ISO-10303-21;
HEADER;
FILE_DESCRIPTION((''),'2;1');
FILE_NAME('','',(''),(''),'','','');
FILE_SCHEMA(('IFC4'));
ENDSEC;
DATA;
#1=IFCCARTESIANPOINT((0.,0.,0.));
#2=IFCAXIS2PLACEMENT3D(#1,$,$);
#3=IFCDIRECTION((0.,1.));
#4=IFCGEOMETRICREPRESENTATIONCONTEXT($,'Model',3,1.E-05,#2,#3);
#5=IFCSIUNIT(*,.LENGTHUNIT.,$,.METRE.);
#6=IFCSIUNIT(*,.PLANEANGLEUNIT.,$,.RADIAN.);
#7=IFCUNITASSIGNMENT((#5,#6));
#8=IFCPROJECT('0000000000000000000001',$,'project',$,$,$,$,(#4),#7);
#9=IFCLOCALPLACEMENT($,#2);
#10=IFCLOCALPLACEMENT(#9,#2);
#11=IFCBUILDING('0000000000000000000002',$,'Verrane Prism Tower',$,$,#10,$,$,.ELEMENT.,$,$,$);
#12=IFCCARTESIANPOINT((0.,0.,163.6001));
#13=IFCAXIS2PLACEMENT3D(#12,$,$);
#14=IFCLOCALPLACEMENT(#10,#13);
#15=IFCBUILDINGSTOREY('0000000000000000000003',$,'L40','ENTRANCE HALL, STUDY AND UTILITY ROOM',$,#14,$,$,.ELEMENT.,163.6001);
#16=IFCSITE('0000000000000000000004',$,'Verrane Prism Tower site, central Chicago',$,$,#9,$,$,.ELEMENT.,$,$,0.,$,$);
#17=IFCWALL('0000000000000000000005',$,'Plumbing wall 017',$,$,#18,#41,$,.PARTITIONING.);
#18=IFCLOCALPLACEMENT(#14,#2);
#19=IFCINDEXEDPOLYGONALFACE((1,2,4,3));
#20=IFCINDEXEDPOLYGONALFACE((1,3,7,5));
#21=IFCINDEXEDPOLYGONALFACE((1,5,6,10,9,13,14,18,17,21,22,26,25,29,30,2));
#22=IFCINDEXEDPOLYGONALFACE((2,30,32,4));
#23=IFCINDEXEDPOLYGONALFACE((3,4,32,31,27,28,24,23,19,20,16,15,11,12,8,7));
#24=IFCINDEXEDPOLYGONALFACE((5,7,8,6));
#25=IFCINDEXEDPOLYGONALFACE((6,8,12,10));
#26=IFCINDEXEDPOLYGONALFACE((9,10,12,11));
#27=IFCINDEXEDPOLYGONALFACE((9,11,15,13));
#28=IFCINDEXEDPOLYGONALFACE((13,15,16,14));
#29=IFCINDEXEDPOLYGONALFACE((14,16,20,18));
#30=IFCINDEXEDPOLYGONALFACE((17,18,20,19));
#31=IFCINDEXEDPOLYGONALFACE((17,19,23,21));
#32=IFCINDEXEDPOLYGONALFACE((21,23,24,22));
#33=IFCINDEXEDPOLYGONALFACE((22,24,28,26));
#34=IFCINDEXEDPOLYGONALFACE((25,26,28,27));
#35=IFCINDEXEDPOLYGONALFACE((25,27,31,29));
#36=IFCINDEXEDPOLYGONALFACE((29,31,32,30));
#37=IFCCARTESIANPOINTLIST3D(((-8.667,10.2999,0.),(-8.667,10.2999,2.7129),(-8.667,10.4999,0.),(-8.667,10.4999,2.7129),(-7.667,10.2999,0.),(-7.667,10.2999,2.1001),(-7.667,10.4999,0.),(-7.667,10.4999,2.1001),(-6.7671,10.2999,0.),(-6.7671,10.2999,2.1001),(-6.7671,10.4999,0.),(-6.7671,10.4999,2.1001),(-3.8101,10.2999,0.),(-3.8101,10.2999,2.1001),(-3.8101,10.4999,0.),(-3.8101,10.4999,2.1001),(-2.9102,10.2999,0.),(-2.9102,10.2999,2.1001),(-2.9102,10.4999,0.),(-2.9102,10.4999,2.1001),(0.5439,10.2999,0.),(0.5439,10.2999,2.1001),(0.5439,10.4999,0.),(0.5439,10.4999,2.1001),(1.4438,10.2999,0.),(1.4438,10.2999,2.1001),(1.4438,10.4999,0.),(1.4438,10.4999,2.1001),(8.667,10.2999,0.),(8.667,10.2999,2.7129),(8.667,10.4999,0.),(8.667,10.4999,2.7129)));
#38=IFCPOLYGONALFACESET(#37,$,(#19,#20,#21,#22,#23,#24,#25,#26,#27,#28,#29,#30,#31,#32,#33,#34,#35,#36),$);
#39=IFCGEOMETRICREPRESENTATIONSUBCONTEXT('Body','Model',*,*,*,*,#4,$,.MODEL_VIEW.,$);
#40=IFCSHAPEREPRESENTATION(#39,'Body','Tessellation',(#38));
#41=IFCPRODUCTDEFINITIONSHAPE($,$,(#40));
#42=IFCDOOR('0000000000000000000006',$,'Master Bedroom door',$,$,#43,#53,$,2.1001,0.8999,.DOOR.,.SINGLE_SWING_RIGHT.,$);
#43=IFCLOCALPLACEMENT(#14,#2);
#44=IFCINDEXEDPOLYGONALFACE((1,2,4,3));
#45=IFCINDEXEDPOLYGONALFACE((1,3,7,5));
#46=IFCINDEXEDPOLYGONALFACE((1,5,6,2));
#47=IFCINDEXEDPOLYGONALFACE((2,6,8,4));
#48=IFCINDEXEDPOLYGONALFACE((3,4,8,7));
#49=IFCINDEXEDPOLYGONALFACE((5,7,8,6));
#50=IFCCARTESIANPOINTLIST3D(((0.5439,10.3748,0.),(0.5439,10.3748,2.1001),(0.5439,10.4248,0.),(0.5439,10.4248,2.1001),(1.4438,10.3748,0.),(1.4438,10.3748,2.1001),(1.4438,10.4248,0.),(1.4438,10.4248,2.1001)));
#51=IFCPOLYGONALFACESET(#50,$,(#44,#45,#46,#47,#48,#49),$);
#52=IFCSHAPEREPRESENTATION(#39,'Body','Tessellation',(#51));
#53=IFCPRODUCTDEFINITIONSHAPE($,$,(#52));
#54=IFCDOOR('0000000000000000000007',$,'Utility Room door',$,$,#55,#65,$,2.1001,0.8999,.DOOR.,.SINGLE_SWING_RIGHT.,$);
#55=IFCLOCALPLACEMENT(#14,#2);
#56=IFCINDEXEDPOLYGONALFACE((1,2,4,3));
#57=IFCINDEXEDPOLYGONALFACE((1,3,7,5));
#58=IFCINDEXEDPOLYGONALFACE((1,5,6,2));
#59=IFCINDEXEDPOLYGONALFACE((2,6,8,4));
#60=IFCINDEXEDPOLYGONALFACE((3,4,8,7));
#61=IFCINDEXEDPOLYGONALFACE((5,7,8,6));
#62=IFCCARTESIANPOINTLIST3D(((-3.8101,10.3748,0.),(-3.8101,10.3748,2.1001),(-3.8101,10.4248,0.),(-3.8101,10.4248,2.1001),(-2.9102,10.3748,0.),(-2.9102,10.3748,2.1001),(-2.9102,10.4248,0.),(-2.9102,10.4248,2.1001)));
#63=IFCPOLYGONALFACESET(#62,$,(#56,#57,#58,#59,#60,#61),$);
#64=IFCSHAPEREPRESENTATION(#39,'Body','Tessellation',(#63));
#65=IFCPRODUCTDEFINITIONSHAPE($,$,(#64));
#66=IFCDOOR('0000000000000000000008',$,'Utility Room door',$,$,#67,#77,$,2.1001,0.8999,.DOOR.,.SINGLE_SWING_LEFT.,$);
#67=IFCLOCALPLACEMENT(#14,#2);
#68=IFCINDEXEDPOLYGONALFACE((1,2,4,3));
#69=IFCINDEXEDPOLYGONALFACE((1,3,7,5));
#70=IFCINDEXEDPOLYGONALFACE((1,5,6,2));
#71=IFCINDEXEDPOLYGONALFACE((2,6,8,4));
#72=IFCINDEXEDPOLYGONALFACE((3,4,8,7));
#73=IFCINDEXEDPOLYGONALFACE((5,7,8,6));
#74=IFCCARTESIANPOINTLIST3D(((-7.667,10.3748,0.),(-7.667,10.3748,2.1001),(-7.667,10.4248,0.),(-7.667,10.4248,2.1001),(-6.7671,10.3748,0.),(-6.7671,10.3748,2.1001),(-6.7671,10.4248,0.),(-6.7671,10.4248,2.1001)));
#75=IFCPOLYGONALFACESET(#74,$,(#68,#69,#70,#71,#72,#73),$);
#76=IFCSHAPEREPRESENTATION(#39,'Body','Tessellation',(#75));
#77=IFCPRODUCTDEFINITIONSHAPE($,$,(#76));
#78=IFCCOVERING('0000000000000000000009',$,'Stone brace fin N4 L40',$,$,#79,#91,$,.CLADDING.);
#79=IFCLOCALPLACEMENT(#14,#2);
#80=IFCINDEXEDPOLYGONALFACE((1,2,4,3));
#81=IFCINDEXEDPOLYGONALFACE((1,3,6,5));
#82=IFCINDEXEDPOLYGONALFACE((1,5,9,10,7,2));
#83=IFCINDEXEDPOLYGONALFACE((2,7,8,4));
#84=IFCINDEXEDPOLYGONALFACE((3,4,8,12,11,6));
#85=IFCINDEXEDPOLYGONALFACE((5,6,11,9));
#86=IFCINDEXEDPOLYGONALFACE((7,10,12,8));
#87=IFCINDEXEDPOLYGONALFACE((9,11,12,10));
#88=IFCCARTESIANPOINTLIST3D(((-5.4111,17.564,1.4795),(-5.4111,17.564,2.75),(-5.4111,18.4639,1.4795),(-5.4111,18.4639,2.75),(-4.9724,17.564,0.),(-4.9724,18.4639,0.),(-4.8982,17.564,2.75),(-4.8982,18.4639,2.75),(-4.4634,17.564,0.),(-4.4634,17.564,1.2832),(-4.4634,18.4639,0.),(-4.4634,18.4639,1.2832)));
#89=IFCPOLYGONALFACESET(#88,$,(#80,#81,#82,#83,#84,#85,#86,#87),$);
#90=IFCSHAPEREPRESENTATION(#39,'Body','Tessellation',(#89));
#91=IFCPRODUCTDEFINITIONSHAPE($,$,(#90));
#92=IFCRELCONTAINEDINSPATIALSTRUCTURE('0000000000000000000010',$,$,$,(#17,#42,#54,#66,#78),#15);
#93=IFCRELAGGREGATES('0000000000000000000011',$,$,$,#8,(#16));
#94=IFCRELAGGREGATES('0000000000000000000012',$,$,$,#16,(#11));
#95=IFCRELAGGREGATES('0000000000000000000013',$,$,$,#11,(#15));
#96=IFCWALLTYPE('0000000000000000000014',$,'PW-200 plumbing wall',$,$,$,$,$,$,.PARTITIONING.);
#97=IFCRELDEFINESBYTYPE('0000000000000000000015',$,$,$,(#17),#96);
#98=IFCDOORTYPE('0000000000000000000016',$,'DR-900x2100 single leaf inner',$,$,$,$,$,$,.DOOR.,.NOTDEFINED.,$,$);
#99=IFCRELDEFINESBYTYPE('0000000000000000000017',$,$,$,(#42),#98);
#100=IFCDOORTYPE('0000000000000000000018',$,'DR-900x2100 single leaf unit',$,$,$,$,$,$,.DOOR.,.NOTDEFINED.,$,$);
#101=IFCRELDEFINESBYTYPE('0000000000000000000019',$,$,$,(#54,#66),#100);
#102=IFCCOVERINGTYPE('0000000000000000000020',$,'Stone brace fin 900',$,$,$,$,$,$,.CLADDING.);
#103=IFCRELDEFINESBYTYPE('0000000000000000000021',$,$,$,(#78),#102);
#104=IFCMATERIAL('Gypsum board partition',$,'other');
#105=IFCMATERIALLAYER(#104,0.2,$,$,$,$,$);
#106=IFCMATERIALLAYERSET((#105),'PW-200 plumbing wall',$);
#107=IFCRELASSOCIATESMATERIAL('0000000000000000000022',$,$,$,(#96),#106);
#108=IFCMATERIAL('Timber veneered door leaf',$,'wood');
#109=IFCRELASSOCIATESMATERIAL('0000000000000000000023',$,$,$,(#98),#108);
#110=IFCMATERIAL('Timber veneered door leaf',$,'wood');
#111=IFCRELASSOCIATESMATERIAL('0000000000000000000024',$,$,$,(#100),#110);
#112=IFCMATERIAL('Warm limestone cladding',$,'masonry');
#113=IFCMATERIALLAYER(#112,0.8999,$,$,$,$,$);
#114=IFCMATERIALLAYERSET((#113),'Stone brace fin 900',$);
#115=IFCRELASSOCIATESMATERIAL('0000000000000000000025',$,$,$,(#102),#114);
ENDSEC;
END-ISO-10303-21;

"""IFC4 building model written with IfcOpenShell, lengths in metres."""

from ifc_helpers import new_model, si_unit, direction, frame, frame_2d, origin, place, context, subcontext, project, spatial, polyline, rectangle, outline, extrude, material, layer, layer_set, type_object, element, fill, save


model = new_model("IFC4")

# Units and contexts
model_context = context("Model", 3, precision=1e-05, world=origin(), true_north=direction((0.0, 1.0)))
body_context = subcontext(model_context, "Body", "Model", "MODEL_VIEW")
ifc_project = project(units=[si_unit("LENGTHUNIT", "METRE"), si_unit("PLANEANGLEUNIT", "RADIAN")], contexts=[model_context])

# Site, building, storey
site_placement = place(None, origin())
site = spatial("IfcSite", under=ifc_project, at=site_placement, Name="Verrane Prism Tower site, central Chicago", CompositionType="ELEMENT", RefElevation=0.0)
building_placement = place(site_placement, origin())
building = spatial("IfcBuilding", under=site, at=building_placement, Name="Verrane Prism Tower", CompositionType="ELEMENT")
storey_placement = place(building_placement, frame((0.0, 0.0, 163.6001)))
storey = spatial("IfcBuildingStorey", under=building, at=storey_placement, Name="L40", Description="ENTRANCE HALL, STUDY AND UTILITY ROOM", CompositionType="ELEMENT", Elevation=163.6001)

# Wall, openings, doors
ifc_material_1 = material(Name="Gypsum board partition", Category="other")
ifc_layer_1 = layer(ifc_material_1, 0.2)
ifc_layer_set_1 = layer_set([ifc_layer_1], Name="PW-200 plumbing wall")
wall_type_1 = type_object("IfcWallType", Name="PW-200 plumbing wall", PredefinedType="PARTITIONING", material=ifc_layer_set_1)
wall_1_placement = place(storey_placement, frame((-8.667, 10.3999, 0.0), z_axis=(0.0, 0.0, 1.0), x_axis=(1.0, 0.0, 0.0)))
wall_1 = element("IfcWall", 1, at=wall_1_placement, inside=storey, type_object=wall_type_1, Name="Plumbing wall 017", PredefinedType="PARTITIONING", context=body_context, shape_type="SweptSolid", body=[
    extrude(rectangle(XDim=17.334, YDim=0.2, at=frame_2d((8.667, 0.0))), origin(), (0.0, 0.0, 1.0), 2.7129),
])
opening_1_placement = place(wall_1_placement, frame((9.2109, 0.0, 0.0)))
opening_1 = element("IfcOpeningElement", 2, at=opening_1_placement, cuts=wall_1, PredefinedType="OPENING", context=body_context, shape_type="SweptSolid", body=[
    extrude(rectangle(XDim=0.8999, YDim=2.1001, at=frame_2d((0.45, 1.05))), frame((0.0, 0.1099, 0.0), z_axis=(0.0, -1.0, 0.0), x_axis=(1.0, 0.0, 0.0)), (0.0, 0.0, 1.0), 0.22),
])
opening_2_placement = place(wall_1_placement, frame((4.8569, 0.0, 0.0)))
opening_2 = element("IfcOpeningElement", 3, at=opening_2_placement, cuts=wall_1, PredefinedType="OPENING", context=body_context, shape_type="SweptSolid", body=[
    extrude(rectangle(XDim=0.8999, YDim=2.1001, at=frame_2d((0.45, 1.05))), frame((0.0, 0.1099, 0.0), z_axis=(0.0, -1.0, 0.0), x_axis=(1.0, 0.0, 0.0)), (0.0, 0.0, 1.0), 0.22),
])
opening_3_placement = place(wall_1_placement, frame((1.0, 0.0, 0.0)))
opening_3 = element("IfcOpeningElement", 4, at=opening_3_placement, cuts=wall_1, PredefinedType="OPENING", context=body_context, shape_type="SweptSolid", body=[
    extrude(rectangle(XDim=0.8999, YDim=2.1001, at=frame_2d((0.45, 1.05))), frame((0.0, 0.1099, 0.0), z_axis=(0.0, -1.0, 0.0), x_axis=(1.0, 0.0, 0.0)), (0.0, 0.0, 1.0), 0.22),
])
ifc_material_2 = material(Name="Timber veneered door leaf", Category="wood")
door_type_1 = type_object("IfcDoorType", Name="DR-900x2100 single leaf inner", OperationType="NOTDEFINED", PredefinedType="DOOR", material=ifc_material_2)
door_1_placement = place(opening_1_placement, origin())
door_1 = element("IfcDoor", 5, at=door_1_placement, inside=storey, type_object=door_type_1, Name="Master Bedroom door", OperationType="SINGLE_SWING_RIGHT", OverallHeight=2.1001, OverallWidth=0.8999, PredefinedType="DOOR", context=body_context, shape_type="SweptSolid", body=[
    extrude(rectangle(XDim=0.8999, YDim=2.1001, at=frame_2d((0.45, 1.05))), frame((0.0, 0.0249, 0.0), z_axis=(0.0, -1.0, 0.0), x_axis=(1.0, 0.0, 0.0)), (0.0, 0.0, 1.0), 0.05),
])
fill(opening_1, door_1)
ifc_material_3 = material(Name="Timber veneered door leaf", Category="wood")
door_type_2 = type_object("IfcDoorType", Name="DR-900x2100 single leaf unit", OperationType="NOTDEFINED", PredefinedType="DOOR", material=ifc_material_3)
door_2_placement = place(opening_2_placement, origin())
door_2 = element("IfcDoor", 6, at=door_2_placement, inside=storey, type_object=door_type_2, Name="Utility Room door", OperationType="SINGLE_SWING_RIGHT", OverallHeight=2.1001, OverallWidth=0.8999, PredefinedType="DOOR", context=body_context, shape_type="SweptSolid", body=[
    extrude(rectangle(XDim=0.8999, YDim=2.1001, at=frame_2d((0.45, 1.05))), frame((0.0, 0.0249, 0.0), z_axis=(0.0, -1.0, 0.0), x_axis=(1.0, 0.0, 0.0)), (0.0, 0.0, 1.0), 0.05),
])
fill(opening_2, door_2)
door_3_placement = place(opening_3_placement, origin())
door_3 = element("IfcDoor", 7, at=door_3_placement, inside=storey, type_object=door_type_2, Name="Utility Room door", OperationType="SINGLE_SWING_LEFT", OverallHeight=2.1001, OverallWidth=0.8999, PredefinedType="DOOR", context=body_context, shape_type="SweptSolid", body=[
    extrude(rectangle(XDim=0.8999, YDim=2.1001, at=frame_2d((0.45, 1.05))), frame((0.0, 0.0249, 0.0), z_axis=(0.0, -1.0, 0.0), x_axis=(1.0, 0.0, 0.0)), (0.0, 0.0, 1.0), 0.05),
])
fill(opening_3, door_3)

# Covering
ifc_material_4 = material(Name="Warm limestone cladding", Category="masonry")
ifc_layer_2 = layer(ifc_material_4, 0.8999)
ifc_layer_set_2 = layer_set([ifc_layer_2], Name="Stone brace fin 900")
covering_type = type_object("IfcCoveringType", Name="Stone brace fin 900", PredefinedType="CLADDING", material=ifc_layer_set_2)
covering_placement = place(storey_placement, frame((-4.4634, 18.0139, 0.0), z_axis=(0.0, 0.0, 1.0), x_axis=(-1.0, 0.0, 0.0)))
element("IfcCovering", 8, at=covering_placement, inside=storey, type_object=covering_type, Name="Stone brace fin N4 L40", PredefinedType="CLADDING", context=body_context, shape_type="SweptSolid", body=[
    extrude(outline(polyline([(0.9478, 2.75), (0.4348, 2.75), (0.0, 1.2832), (0.0, 0.0), (0.509, 0.0), (0.9478, 1.4795), (0.9478, 2.75)])), frame((0.0, 0.45, 0.0), z_axis=(0.0, -1.0, 0.0), x_axis=(1.0, 0.0, 0.0)), (0.0, 0.0, 1.0), 0.8999),
])

save(model, "model.ifc")
